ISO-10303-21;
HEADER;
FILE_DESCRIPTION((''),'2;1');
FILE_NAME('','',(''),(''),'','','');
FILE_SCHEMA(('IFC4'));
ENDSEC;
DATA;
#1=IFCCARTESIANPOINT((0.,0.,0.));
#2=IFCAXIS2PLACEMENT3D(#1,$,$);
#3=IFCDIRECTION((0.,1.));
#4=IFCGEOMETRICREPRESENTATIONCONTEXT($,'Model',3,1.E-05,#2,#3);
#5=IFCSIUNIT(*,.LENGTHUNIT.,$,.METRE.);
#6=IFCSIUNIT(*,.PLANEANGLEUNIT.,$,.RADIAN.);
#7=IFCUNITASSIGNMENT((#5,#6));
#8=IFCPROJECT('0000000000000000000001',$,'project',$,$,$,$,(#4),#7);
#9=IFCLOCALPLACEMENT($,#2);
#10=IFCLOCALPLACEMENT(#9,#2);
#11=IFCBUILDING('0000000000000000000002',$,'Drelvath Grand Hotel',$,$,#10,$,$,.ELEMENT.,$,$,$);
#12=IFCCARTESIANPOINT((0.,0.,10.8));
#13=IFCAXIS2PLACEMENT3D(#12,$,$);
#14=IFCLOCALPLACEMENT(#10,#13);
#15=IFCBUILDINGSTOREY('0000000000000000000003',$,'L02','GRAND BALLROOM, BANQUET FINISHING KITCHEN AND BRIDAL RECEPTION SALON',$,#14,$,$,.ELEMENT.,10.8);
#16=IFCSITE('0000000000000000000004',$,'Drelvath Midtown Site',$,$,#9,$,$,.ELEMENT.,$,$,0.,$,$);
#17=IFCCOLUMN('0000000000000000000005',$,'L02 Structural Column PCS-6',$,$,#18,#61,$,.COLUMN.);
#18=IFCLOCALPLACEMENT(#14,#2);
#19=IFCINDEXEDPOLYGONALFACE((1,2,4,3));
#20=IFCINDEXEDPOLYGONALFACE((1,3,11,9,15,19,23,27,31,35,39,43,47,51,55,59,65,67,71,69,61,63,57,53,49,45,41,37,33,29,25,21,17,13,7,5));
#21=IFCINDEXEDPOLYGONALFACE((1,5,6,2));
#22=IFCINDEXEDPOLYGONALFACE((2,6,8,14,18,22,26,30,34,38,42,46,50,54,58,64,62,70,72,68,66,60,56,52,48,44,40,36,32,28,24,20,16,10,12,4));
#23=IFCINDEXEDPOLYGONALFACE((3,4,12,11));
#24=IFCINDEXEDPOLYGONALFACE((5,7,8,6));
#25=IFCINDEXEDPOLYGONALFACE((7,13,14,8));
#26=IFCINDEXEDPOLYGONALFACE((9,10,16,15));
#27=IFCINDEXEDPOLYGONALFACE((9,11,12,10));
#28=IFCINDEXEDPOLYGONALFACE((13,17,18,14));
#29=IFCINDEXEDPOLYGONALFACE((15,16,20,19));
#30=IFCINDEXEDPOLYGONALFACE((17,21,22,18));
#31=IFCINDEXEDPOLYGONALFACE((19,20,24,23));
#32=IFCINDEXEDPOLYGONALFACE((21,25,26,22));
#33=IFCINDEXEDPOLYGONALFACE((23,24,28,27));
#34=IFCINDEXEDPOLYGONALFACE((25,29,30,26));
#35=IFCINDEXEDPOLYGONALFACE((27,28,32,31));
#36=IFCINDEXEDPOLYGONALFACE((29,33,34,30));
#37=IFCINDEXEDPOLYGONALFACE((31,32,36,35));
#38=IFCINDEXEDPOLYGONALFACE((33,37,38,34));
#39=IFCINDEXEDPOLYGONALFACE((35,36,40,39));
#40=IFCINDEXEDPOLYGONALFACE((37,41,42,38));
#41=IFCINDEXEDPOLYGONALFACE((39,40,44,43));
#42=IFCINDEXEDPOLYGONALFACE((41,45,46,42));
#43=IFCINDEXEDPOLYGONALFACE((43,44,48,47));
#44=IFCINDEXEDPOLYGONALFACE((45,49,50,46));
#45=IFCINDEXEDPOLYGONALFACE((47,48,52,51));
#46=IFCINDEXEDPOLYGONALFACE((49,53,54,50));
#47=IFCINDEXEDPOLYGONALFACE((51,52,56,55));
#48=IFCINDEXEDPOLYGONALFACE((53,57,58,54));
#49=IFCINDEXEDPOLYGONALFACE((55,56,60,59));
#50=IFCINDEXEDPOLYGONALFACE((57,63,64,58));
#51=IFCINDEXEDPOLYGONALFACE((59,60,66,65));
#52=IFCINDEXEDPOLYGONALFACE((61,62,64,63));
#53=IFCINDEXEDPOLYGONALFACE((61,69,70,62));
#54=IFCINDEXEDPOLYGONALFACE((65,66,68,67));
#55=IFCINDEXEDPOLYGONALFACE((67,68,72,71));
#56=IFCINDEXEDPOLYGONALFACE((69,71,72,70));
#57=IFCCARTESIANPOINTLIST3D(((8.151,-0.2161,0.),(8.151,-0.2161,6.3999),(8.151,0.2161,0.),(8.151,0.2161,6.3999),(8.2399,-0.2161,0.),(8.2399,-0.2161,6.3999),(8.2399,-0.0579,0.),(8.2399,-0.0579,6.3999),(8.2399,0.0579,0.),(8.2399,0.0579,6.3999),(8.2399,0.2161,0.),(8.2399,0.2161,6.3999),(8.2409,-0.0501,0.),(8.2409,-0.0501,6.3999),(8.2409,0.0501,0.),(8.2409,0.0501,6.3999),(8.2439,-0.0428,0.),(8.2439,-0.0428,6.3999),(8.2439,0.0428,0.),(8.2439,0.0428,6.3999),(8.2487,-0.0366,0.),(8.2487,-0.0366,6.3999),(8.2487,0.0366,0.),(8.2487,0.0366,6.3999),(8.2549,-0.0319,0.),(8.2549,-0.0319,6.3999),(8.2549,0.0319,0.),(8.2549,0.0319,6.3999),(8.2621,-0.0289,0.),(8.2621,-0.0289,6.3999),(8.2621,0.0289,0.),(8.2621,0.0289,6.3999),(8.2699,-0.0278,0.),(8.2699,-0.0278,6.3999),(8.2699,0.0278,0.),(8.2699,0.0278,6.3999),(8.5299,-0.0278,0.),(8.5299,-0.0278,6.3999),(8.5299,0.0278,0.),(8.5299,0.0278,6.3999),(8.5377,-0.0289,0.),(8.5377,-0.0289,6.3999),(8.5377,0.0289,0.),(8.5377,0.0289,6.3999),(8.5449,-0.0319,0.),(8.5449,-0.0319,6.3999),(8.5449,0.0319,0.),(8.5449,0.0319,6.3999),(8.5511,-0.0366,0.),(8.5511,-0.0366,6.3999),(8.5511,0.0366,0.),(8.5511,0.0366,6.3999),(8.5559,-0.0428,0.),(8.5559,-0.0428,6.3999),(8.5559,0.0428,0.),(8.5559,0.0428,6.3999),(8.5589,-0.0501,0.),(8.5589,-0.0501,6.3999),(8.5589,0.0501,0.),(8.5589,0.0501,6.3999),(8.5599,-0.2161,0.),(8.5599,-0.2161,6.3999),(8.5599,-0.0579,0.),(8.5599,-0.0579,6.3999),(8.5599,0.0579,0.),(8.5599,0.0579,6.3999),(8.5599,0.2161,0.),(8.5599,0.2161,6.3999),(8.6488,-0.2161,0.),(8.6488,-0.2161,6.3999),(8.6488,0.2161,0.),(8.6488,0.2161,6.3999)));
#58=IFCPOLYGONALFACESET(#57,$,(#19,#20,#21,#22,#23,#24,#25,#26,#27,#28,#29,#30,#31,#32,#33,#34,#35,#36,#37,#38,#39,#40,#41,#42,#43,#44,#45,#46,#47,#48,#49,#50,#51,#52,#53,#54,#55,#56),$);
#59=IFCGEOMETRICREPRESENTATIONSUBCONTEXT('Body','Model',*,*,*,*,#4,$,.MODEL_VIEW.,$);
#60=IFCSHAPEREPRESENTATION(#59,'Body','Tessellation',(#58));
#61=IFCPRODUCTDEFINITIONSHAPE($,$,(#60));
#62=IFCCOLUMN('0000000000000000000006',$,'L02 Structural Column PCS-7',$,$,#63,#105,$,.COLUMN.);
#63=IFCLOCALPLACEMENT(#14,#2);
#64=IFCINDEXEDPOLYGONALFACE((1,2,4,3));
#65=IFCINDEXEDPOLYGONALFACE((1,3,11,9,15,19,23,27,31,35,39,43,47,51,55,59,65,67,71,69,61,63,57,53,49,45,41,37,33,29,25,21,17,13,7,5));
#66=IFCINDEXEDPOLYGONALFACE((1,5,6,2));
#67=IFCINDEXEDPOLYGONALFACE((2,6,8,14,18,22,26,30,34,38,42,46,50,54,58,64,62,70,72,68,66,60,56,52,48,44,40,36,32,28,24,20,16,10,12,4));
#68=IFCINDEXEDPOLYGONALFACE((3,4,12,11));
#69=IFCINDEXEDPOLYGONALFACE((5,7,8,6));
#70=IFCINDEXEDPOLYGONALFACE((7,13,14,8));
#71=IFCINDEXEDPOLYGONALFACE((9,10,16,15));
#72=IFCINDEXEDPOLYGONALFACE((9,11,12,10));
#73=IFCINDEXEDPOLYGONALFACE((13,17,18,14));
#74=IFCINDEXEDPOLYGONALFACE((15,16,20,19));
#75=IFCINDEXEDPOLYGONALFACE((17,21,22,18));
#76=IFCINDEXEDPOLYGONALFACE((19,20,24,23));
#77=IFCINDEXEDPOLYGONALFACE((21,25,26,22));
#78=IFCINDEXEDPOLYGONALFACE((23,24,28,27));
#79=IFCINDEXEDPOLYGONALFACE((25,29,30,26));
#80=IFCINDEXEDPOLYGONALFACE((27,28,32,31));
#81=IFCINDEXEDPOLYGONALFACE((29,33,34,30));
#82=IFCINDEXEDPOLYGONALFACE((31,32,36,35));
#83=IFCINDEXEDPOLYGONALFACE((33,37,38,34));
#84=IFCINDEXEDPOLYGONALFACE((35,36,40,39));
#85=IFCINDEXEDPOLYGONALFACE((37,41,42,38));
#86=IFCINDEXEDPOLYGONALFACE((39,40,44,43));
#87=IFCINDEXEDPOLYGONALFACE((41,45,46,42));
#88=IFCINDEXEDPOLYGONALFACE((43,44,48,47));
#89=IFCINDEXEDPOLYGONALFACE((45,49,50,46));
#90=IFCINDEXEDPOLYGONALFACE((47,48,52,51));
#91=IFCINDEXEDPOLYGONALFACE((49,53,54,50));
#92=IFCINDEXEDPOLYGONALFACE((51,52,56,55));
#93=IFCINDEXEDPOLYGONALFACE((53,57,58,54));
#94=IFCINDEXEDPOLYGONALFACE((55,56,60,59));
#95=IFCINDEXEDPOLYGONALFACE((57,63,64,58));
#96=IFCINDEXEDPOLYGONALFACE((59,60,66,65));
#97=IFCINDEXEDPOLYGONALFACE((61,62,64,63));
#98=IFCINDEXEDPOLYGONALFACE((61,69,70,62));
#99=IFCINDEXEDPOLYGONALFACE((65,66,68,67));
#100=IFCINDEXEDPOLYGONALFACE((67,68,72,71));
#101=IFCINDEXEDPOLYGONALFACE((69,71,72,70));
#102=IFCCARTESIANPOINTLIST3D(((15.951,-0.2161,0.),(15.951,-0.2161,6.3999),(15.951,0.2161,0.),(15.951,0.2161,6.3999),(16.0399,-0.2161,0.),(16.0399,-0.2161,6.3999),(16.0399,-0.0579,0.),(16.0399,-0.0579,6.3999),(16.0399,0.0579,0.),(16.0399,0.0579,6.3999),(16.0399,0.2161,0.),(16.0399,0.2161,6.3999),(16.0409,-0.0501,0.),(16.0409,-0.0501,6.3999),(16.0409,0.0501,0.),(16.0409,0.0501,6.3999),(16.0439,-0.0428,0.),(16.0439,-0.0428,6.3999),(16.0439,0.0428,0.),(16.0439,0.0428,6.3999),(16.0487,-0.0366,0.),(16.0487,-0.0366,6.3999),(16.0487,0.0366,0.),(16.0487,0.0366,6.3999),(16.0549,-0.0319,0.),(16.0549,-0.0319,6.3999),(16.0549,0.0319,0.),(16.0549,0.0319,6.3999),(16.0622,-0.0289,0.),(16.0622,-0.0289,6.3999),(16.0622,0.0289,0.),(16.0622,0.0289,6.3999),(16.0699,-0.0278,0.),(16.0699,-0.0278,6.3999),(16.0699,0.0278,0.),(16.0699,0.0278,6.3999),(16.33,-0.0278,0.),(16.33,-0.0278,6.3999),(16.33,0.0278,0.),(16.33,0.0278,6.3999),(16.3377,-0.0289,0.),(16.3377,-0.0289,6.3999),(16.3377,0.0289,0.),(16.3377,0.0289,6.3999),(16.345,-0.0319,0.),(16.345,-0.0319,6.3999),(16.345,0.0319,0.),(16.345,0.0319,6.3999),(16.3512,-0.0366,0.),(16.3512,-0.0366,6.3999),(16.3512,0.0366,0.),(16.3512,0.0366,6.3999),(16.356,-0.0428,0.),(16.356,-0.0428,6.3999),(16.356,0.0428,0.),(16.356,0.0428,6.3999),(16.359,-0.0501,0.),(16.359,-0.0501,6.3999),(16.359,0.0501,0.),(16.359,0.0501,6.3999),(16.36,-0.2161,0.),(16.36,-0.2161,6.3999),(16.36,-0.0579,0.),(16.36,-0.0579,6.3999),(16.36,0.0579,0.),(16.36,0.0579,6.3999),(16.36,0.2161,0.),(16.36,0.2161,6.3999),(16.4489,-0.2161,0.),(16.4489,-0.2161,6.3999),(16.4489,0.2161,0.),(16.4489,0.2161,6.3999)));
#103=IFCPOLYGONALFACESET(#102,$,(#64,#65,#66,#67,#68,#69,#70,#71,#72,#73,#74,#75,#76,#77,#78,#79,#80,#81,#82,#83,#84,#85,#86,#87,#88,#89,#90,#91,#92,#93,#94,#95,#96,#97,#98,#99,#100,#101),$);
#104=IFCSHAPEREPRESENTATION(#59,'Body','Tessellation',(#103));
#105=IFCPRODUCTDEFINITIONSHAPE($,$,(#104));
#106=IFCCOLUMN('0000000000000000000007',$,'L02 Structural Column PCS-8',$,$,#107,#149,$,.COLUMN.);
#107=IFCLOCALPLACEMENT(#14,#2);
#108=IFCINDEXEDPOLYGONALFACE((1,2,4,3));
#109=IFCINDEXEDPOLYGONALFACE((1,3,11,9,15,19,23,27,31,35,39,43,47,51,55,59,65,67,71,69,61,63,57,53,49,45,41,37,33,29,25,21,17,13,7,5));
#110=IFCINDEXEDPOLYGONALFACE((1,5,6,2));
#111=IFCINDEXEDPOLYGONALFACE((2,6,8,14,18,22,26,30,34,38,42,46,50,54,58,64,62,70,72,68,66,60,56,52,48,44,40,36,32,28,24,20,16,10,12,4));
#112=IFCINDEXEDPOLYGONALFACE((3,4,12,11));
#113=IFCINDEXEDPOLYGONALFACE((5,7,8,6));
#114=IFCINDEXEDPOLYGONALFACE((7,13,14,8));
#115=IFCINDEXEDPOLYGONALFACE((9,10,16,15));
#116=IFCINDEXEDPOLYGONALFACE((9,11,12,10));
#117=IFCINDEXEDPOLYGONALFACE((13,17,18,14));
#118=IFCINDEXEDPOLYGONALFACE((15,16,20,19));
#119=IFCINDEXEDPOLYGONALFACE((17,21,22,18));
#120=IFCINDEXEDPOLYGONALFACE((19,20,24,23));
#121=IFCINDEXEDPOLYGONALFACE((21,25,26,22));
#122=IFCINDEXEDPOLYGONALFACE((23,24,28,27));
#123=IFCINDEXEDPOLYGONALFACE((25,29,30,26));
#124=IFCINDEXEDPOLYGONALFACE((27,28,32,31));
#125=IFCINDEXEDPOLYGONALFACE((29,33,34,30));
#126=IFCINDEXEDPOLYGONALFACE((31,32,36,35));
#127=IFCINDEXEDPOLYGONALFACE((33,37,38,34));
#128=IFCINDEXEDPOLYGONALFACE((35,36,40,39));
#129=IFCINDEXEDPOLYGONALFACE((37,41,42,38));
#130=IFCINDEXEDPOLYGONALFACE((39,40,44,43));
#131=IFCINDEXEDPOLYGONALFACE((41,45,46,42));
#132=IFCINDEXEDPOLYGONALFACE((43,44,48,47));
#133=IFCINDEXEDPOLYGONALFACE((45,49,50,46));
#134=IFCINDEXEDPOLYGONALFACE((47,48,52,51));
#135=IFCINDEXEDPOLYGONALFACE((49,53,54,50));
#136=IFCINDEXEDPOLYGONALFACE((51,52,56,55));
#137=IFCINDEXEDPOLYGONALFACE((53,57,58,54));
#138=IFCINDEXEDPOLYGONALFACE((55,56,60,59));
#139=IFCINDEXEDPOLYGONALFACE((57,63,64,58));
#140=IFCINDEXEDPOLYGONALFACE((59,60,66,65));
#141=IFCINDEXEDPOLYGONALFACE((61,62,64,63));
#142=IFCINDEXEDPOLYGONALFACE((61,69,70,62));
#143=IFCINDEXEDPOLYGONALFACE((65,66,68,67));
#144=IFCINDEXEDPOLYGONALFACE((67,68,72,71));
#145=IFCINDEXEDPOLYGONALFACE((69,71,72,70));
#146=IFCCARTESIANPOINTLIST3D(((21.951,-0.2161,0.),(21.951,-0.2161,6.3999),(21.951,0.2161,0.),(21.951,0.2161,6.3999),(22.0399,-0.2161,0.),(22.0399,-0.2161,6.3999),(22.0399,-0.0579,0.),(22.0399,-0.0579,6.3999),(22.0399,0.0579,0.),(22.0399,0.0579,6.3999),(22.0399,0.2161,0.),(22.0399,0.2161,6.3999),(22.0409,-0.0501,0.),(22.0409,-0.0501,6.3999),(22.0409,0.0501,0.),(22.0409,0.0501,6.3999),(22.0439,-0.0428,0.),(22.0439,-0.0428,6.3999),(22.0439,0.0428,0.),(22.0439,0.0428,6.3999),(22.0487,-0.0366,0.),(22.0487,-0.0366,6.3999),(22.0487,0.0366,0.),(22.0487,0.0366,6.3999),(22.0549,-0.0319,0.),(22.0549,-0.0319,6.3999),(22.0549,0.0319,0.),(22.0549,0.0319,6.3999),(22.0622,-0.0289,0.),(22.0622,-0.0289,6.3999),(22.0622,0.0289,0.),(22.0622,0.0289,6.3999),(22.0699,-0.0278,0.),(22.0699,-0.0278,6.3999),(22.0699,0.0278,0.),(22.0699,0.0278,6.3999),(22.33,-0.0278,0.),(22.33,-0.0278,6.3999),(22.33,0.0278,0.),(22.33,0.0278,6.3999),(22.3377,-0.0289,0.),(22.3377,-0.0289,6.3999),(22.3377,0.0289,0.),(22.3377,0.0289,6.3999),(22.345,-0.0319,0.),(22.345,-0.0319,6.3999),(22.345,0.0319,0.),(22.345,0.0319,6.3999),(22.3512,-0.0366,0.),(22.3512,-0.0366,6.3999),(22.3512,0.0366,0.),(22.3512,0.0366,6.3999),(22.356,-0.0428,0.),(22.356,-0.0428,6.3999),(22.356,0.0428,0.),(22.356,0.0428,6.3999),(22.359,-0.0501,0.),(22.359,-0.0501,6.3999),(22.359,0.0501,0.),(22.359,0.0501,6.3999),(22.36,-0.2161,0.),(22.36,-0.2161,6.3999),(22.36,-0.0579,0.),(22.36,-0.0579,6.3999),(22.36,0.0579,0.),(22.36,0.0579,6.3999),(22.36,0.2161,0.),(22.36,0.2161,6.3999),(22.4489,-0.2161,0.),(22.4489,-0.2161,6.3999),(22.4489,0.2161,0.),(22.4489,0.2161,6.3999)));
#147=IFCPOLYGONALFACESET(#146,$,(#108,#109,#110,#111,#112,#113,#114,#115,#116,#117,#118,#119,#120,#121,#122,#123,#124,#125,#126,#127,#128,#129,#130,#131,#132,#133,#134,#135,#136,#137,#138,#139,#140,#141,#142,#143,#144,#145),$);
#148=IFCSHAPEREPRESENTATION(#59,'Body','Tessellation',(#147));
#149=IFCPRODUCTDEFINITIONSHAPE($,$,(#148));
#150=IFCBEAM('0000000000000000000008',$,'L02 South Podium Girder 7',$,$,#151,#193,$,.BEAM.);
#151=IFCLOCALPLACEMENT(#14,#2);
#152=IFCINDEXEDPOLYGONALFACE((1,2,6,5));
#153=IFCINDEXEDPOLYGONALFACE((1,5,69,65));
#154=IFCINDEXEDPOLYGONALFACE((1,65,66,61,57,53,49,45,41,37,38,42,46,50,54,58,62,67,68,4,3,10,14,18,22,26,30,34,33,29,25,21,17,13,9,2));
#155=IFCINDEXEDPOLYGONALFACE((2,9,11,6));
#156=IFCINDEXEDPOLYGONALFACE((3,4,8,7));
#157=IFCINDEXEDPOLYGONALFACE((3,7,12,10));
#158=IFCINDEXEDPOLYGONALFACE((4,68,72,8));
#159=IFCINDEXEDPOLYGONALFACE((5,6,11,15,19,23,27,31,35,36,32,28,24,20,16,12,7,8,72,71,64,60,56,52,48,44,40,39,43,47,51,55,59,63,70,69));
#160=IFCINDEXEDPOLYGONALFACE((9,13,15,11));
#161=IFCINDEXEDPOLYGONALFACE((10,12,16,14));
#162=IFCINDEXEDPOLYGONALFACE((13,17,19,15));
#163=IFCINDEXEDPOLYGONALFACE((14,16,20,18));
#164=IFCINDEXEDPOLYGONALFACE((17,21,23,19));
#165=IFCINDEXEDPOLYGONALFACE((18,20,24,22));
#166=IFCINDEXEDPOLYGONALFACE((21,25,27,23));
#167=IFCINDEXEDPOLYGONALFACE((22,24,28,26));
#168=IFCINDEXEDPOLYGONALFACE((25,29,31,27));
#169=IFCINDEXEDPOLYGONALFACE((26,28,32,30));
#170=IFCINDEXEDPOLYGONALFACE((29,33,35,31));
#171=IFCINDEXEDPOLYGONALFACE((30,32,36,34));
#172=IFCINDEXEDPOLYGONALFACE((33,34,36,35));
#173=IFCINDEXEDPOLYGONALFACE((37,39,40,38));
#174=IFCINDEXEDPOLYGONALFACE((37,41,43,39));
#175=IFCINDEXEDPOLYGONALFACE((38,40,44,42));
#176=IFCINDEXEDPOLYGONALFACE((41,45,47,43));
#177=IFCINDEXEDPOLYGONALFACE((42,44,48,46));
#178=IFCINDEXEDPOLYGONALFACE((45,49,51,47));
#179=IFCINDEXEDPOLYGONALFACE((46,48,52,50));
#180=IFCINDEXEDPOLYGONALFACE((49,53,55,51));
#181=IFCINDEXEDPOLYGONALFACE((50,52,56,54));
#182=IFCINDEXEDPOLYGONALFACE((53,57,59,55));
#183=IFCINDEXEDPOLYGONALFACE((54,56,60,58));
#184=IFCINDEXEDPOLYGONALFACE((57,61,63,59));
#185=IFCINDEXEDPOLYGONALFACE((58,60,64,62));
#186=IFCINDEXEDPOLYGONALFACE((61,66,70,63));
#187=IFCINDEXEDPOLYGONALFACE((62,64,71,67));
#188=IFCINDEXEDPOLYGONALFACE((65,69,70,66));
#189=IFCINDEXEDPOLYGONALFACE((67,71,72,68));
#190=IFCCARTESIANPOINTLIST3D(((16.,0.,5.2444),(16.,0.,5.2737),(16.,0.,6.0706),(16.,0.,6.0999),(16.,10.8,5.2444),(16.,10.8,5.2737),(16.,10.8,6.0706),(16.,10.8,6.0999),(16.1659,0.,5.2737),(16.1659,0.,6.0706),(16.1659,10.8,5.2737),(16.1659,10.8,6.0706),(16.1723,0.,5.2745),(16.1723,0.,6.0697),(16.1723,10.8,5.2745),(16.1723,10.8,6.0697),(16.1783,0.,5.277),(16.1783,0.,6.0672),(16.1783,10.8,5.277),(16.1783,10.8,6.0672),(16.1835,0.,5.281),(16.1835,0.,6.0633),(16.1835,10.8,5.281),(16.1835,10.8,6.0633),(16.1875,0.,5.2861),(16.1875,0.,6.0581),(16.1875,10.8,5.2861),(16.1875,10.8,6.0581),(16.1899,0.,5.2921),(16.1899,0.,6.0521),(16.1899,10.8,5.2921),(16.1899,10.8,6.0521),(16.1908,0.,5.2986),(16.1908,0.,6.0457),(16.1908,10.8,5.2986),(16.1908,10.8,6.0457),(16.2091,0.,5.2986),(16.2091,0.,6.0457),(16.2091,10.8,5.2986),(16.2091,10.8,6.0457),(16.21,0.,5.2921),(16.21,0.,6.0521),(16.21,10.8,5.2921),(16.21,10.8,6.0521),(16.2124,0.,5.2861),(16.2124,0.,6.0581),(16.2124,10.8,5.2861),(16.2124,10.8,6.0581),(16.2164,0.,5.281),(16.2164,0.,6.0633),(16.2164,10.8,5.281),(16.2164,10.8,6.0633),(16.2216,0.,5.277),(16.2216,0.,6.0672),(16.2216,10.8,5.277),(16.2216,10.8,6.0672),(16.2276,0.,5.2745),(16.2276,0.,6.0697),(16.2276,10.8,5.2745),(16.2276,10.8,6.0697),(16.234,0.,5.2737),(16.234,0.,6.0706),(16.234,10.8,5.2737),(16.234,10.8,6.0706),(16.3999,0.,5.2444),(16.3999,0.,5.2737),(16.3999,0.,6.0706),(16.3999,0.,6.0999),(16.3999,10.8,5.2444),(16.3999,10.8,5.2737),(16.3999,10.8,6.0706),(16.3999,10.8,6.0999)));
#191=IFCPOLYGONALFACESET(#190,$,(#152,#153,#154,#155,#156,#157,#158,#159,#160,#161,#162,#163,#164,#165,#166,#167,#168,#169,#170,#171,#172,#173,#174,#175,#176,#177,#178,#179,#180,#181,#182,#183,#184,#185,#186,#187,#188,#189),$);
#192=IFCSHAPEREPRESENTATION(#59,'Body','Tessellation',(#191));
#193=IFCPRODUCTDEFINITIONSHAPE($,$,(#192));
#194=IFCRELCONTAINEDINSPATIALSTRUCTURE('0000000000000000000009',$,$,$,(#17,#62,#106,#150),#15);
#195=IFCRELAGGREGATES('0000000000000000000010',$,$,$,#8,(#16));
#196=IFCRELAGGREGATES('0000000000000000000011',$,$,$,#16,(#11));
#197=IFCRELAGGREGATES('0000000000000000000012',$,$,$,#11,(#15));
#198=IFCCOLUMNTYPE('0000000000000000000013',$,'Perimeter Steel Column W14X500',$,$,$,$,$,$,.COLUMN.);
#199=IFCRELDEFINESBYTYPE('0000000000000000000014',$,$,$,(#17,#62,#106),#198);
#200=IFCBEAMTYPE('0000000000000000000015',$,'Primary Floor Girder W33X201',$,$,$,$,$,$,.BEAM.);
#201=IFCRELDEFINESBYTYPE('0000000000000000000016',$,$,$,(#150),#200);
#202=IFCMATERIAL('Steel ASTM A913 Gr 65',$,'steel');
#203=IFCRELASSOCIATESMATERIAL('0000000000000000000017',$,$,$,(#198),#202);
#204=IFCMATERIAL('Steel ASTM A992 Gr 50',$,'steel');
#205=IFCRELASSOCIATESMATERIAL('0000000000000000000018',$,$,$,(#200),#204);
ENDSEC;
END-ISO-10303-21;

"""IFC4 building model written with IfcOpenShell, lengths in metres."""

from ifc_helpers import new_model, si_unit, direction, frame, origin, origin_2d, place, context, subcontext, project, spatial, i_section, extrude, material, material_profile, profile_set, type_object, element, save


model = new_model("IFC4")

# Units and contexts
model_context = context("Model", 3, precision=1e-05, world=origin(), true_north=direction((0.0, 1.0)))
body_context = subcontext(model_context, "Body", "Model", "MODEL_VIEW")
ifc_project = project(units=[si_unit("LENGTHUNIT", "METRE"), si_unit("PLANEANGLEUNIT", "RADIAN")], contexts=[model_context])

# Site, building, storey
site_placement = place(None, origin())
site = spatial("IfcSite", under=ifc_project, at=site_placement, Name="Drelvath Midtown Site", CompositionType="ELEMENT", RefElevation=0.0)
building_placement = place(site_placement, origin())
building = spatial("IfcBuilding", under=site, at=building_placement, Name="Drelvath Grand Hotel", CompositionType="ELEMENT")
storey_placement = place(building_placement, frame((0.0, 0.0, 10.8)))
storey = spatial("IfcBuildingStorey", under=building, at=storey_placement, Name="L02", Description="GRAND BALLROOM, BANQUET FINISHING KITCHEN AND BRIDAL RECEPTION SALON", CompositionType="ELEMENT", Elevation=10.8)

# Columns
ifc_material_1 = material(Name="Steel ASTM A913 Gr 65", Category="steel")
ifc_material_profile_1 = material_profile(ifc_material_1, i_section(OverallWidth=0.4321, OverallDepth=0.4978, WebThickness=0.0557, FlangeThickness=0.0889, FilletRadius=0.03, at=origin_2d()), Name="W14X500")
ifc_profile_set_1 = profile_set([ifc_material_profile_1], Name="Steel ASTM A913 Gr 65")
column_type_1 = type_object("IfcColumnType", Name="Perimeter Steel Column W14X500", PredefinedType="COLUMN", material=ifc_profile_set_1)
for number, where, z_axis, x_axis, name in (
    (1, (8.3999, 0.0, 0.0), (0.0, 0.0, 1.0), (0.0, 1.0, 0.0), "L02 Structural Column PCS-6"),
    (2, (16.2, 0.0, 0.0), (0.0, 0.0, 1.0), (0.0, 1.0, 0.0), "L02 Structural Column PCS-7"),
    (3, (22.2, 0.0, 0.0), (0.0, 0.0, 1.0), (0.0, 1.0, 0.0), "L02 Structural Column PCS-8"),
):
    element("IfcColumn", number, at=place(storey_placement, frame(where, z_axis=z_axis, x_axis=x_axis)), inside=storey, type_object=column_type_1, Name=name, PredefinedType="COLUMN", context=body_context, shape_type="SweptSolid", body=[
        extrude(i_section(OverallWidth=0.4321, OverallDepth=0.4978, WebThickness=0.0557, FlangeThickness=0.0889, FilletRadius=0.03, at=origin_2d()), origin(), (0.0, 0.0, 1.0), 6.3999),
    ])

# Beam
ifc_material_2 = material(Name="Steel ASTM A992 Gr 50", Category="steel")
ifc_material_profile_2 = material_profile(ifc_material_2, i_section(OverallWidth=0.3999, OverallDepth=0.8555, WebThickness=0.0183, FlangeThickness=0.0293, FilletRadius=0.0249, at=origin_2d()), Name="W33X201")
ifc_profile_set_2 = profile_set([ifc_material_profile_2], Name="Steel ASTM A992 Gr 50")
beam_type = type_object("IfcBeamType", Name="Primary Floor Girder W33X201", PredefinedType="BEAM", material=ifc_profile_set_2)
beam_placement = place(storey_placement, frame((16.2, 0.0, 5.6721), z_axis=(0.0, 1.0, 0.0), x_axis=(-1.0, 0.0, 0.0)))
element("IfcBeam", 4, at=beam_placement, inside=storey, type_object=beam_type, Name="L02 South Podium Girder 7", PredefinedType="BEAM", context=body_context, shape_type="SweptSolid", body=[
    extrude(i_section(OverallWidth=0.3999, OverallDepth=0.8555, WebThickness=0.0183, FlangeThickness=0.0293, FilletRadius=0.0249, at=origin_2d()), origin(), (0.0, 0.0, 1.0), 10.8),
])

save(model, "model.ifc")
